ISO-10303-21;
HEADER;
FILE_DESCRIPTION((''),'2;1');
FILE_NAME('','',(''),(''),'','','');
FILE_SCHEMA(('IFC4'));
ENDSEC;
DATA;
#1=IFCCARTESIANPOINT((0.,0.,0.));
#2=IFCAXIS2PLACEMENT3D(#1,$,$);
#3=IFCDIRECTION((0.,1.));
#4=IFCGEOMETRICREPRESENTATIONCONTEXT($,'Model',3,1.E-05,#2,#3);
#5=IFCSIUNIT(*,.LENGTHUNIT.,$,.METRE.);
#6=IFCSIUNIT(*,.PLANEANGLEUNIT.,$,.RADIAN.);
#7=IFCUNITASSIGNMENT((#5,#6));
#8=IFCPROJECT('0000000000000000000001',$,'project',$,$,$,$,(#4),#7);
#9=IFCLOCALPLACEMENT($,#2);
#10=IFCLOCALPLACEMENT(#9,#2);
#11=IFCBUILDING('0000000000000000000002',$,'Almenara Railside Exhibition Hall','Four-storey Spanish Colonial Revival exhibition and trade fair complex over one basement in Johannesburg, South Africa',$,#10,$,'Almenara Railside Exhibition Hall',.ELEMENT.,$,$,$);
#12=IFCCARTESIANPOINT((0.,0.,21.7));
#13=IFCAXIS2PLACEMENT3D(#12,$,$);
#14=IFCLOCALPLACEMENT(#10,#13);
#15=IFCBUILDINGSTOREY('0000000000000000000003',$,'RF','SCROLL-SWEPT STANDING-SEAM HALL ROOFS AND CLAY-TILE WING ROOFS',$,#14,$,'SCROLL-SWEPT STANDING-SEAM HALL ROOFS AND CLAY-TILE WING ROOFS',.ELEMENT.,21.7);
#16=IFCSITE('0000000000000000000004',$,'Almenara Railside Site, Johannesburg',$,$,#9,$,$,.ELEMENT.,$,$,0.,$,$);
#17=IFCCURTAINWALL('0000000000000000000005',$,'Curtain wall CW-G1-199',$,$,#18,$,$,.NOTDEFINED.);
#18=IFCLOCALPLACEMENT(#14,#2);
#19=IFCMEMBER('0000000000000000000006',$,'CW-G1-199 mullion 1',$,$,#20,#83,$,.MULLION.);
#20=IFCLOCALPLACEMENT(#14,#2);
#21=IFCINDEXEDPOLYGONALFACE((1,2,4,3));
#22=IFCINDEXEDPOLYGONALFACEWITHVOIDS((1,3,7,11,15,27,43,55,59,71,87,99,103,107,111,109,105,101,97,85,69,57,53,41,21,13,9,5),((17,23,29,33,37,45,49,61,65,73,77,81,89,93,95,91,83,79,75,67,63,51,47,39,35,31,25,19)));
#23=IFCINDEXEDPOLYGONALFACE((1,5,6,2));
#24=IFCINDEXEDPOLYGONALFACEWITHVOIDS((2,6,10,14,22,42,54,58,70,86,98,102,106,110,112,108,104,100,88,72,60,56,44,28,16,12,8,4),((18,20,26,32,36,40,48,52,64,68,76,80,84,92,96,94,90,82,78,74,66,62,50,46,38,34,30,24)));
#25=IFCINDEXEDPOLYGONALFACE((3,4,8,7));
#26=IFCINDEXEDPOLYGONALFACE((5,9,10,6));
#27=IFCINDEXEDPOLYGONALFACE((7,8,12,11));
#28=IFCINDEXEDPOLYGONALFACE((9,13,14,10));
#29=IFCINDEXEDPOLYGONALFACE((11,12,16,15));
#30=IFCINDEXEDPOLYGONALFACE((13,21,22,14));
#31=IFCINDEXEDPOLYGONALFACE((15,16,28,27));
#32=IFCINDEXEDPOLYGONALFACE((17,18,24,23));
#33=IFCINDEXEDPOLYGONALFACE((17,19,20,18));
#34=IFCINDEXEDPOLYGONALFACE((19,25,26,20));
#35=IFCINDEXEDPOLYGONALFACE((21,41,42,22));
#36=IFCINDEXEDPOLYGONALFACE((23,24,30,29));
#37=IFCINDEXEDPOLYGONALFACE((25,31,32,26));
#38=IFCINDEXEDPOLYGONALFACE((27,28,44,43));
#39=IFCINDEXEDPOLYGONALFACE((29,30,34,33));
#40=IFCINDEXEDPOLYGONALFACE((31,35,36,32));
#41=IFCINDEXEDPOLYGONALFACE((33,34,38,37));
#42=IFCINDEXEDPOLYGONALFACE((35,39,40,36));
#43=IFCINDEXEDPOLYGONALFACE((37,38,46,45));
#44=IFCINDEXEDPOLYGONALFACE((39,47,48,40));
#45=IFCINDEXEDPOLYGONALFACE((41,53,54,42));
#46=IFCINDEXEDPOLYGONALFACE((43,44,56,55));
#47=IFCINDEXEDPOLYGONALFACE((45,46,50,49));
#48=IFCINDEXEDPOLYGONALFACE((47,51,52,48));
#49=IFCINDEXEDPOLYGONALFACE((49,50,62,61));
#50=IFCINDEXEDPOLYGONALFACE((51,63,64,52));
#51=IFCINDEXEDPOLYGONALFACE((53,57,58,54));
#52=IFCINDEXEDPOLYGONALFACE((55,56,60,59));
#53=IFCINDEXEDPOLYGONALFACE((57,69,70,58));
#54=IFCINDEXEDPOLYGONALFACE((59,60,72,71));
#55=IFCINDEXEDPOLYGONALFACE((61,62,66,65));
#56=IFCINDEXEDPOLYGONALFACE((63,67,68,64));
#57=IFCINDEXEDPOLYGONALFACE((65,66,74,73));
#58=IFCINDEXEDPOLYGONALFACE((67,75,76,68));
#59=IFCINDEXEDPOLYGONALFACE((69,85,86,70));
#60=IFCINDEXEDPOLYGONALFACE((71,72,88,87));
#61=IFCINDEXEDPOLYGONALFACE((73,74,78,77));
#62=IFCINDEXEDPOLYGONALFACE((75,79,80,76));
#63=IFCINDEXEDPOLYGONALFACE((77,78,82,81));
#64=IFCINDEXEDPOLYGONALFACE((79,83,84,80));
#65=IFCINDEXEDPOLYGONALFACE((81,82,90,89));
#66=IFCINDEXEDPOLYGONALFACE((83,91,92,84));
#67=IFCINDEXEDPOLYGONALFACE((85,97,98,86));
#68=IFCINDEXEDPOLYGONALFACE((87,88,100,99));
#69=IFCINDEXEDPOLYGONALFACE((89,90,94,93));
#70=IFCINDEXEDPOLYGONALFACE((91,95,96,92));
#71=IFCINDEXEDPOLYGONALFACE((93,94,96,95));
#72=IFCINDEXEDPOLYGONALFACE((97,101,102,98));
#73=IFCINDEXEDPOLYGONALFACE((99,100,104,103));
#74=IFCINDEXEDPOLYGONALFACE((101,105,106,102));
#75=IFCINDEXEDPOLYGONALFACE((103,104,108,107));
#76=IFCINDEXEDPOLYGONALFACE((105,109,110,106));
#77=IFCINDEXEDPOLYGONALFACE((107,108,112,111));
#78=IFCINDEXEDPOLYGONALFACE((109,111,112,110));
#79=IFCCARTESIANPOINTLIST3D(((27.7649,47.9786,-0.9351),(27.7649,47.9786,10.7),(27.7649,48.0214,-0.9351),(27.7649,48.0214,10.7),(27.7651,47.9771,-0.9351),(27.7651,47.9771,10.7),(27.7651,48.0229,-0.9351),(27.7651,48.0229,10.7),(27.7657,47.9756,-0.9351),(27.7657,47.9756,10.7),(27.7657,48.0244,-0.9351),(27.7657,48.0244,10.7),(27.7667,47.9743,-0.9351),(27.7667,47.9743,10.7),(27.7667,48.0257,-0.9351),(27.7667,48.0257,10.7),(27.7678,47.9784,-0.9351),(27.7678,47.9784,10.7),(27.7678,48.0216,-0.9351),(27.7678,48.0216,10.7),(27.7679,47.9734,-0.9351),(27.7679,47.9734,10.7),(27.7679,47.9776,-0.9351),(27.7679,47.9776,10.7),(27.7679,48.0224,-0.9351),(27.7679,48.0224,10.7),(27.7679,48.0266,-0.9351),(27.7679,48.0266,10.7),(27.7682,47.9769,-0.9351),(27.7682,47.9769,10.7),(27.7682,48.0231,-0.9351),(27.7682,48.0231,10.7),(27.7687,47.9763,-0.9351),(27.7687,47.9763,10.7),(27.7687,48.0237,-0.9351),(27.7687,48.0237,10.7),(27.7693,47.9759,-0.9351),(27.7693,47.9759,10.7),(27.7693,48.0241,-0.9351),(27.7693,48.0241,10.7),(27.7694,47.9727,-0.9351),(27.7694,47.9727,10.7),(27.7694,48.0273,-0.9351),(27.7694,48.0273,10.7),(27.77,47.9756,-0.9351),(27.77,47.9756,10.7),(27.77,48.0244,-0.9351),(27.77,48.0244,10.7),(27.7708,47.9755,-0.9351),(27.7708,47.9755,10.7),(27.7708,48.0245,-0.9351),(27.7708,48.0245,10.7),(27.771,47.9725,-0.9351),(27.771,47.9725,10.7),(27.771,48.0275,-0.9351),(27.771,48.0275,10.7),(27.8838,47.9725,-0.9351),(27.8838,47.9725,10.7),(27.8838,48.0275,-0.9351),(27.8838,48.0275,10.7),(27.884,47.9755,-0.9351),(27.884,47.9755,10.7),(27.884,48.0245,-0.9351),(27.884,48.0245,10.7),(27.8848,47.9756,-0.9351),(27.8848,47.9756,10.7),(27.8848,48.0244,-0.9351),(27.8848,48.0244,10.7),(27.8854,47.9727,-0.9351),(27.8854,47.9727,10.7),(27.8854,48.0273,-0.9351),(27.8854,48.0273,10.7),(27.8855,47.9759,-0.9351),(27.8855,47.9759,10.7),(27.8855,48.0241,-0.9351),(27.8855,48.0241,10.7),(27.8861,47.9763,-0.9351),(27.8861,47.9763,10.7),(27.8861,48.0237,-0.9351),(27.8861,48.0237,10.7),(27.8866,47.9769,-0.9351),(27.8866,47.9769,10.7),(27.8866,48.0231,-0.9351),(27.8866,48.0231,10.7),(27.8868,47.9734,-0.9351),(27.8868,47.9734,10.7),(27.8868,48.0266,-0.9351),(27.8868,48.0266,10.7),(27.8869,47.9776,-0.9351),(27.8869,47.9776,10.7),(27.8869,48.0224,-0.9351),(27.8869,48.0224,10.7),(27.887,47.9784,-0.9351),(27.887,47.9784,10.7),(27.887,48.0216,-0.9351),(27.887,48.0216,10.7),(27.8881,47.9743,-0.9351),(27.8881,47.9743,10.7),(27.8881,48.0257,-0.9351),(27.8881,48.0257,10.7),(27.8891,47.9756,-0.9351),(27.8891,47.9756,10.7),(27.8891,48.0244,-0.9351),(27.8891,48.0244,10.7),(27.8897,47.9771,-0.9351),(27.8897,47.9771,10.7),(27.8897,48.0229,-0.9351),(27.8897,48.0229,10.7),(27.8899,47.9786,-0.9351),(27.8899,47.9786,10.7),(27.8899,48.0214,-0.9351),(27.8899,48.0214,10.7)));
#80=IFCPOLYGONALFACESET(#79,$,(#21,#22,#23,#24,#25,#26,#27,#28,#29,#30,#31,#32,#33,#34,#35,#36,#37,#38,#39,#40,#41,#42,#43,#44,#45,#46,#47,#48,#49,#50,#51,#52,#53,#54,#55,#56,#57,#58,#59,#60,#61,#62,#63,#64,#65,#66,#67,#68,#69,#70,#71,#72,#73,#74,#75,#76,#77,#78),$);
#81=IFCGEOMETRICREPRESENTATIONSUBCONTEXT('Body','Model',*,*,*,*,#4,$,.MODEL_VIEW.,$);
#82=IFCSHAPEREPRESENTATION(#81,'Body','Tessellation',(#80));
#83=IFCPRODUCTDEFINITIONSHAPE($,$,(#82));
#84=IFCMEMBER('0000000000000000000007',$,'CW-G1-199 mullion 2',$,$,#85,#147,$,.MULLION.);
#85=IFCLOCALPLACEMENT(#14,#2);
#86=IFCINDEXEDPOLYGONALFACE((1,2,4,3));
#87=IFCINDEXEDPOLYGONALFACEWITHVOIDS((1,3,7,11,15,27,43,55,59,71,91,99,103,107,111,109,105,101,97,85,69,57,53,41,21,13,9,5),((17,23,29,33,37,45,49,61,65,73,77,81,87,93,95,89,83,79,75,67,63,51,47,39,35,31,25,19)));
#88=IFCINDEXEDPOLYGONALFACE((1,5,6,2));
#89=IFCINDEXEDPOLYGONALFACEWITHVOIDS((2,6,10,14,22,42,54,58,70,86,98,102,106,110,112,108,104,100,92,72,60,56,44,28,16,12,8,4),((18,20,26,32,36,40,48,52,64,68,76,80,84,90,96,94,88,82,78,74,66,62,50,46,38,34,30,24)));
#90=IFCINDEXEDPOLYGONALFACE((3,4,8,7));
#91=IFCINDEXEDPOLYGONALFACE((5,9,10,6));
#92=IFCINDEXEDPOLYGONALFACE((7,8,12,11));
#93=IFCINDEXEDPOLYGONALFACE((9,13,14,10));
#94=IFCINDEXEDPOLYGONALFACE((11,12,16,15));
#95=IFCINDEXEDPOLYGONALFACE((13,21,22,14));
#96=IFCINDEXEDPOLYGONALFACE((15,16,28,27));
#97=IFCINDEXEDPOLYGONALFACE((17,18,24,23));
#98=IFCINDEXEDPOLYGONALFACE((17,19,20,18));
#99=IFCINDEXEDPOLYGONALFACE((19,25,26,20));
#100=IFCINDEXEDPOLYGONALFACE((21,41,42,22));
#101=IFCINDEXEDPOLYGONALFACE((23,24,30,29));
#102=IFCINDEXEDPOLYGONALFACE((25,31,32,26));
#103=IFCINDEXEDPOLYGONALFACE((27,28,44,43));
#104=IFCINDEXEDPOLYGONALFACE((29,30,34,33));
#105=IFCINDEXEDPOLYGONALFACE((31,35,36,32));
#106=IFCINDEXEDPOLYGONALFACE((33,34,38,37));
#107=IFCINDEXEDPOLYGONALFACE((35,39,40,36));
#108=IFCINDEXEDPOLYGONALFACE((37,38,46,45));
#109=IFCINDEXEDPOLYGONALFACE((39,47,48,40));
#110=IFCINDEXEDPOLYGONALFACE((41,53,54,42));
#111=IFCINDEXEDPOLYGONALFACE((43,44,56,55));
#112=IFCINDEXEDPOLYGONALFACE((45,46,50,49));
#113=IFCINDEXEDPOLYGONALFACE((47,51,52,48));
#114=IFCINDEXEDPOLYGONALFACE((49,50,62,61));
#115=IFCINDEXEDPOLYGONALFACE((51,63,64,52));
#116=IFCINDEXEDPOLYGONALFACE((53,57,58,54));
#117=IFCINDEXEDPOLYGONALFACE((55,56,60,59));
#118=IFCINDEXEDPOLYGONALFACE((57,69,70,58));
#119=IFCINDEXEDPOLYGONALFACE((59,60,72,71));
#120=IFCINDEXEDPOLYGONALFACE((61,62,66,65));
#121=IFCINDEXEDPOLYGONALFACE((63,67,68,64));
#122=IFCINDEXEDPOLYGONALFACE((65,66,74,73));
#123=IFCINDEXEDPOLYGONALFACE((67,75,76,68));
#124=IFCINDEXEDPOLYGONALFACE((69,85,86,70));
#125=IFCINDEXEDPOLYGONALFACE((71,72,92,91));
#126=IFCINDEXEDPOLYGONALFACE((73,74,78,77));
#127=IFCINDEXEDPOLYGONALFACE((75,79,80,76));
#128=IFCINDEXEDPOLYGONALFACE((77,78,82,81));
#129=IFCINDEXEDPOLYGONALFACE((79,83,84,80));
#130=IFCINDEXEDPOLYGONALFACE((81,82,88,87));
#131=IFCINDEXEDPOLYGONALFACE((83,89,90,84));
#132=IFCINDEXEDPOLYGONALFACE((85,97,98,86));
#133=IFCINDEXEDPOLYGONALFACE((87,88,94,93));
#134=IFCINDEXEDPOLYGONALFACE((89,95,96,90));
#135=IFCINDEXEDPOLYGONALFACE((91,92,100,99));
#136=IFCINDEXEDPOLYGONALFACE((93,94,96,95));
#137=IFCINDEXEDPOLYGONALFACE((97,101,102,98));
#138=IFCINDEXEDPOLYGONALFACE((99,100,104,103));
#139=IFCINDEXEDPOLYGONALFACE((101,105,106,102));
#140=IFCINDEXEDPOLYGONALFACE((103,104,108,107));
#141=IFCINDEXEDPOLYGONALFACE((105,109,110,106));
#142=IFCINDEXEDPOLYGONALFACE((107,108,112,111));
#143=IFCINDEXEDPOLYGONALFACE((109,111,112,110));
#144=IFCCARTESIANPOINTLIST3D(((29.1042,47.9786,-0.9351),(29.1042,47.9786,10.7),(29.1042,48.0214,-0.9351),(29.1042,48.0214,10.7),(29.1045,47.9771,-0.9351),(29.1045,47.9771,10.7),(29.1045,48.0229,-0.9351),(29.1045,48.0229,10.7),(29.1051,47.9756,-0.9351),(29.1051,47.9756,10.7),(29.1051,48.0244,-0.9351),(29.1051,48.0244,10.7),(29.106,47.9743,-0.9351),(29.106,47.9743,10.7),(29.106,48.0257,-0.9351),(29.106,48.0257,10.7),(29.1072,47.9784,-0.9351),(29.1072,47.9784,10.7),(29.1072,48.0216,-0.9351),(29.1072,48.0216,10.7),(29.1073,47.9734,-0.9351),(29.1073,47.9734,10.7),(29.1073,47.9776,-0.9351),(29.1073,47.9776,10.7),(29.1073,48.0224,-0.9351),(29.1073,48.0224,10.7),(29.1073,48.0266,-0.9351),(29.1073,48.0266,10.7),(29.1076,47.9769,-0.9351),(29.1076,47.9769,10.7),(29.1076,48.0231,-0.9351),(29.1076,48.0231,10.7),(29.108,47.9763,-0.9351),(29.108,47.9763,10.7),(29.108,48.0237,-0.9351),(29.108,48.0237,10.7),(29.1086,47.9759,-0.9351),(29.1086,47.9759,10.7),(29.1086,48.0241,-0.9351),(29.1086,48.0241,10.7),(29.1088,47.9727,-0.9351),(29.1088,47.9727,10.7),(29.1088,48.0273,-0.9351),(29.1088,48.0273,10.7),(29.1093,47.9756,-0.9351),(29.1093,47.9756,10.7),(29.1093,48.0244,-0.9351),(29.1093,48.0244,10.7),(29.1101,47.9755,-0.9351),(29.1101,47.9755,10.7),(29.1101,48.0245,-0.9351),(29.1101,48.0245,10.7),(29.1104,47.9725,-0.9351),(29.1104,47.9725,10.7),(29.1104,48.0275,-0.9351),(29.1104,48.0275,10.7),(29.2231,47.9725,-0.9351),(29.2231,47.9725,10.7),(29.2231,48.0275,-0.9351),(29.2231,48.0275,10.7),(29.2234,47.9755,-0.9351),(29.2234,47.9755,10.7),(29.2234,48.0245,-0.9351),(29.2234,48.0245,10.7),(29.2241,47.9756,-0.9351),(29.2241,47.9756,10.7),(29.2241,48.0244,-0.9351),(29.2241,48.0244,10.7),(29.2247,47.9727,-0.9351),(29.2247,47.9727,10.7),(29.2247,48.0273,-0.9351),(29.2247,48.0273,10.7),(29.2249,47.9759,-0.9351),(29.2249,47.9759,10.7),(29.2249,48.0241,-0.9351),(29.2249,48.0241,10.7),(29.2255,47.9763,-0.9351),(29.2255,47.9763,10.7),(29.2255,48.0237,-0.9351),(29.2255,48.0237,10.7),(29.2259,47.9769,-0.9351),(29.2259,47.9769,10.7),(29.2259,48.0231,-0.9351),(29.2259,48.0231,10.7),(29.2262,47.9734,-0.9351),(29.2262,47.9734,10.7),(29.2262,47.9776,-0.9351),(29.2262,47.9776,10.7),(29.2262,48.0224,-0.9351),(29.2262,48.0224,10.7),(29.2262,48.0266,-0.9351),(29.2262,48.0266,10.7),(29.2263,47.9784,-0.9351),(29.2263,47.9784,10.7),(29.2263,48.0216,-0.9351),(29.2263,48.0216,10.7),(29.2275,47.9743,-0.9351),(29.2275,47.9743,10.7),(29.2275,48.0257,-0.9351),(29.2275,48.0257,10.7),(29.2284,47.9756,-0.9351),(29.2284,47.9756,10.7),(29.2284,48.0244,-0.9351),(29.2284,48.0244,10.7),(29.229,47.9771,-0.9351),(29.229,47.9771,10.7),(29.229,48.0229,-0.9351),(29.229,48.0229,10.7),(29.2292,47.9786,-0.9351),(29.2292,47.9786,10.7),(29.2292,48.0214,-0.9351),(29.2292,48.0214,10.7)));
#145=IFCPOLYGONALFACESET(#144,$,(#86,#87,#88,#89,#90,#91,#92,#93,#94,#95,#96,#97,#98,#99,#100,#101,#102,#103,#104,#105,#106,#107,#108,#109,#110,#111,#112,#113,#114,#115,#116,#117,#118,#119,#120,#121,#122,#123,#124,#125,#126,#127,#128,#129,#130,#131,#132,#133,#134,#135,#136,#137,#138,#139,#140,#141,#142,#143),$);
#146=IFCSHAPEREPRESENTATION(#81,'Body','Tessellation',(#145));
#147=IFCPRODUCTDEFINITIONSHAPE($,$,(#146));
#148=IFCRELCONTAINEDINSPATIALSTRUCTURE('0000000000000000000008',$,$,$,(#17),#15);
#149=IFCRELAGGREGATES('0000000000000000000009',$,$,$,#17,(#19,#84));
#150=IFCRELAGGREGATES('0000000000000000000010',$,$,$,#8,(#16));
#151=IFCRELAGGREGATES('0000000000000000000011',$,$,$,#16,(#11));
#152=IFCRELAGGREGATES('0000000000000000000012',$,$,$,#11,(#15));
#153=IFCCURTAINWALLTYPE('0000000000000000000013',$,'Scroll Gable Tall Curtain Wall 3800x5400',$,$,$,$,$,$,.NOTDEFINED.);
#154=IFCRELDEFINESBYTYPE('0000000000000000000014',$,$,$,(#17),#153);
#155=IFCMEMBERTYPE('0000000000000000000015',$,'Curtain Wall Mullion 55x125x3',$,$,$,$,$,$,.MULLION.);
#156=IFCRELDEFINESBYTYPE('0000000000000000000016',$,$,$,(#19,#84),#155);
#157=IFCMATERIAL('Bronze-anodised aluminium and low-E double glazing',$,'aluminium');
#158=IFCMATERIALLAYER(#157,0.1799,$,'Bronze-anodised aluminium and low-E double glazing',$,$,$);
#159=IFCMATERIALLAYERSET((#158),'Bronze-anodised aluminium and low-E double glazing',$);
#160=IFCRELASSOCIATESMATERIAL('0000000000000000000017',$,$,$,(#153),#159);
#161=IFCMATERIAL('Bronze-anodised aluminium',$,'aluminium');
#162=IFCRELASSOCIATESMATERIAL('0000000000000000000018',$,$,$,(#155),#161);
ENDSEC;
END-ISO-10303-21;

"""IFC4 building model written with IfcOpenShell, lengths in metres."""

from ifc_helpers import new_model, si_unit, direction, frame, origin, origin_2d, place, context, subcontext, project, spatial, hollow_rectangle, extrude, material, layer, layer_set, material_profile, profile_set, type_object, element, aggregate, save


model = new_model("IFC4")

# Units and contexts
model_context = context("Model", 3, precision=1e-05, world=origin(), true_north=direction((0.0, 1.0)))
body_context = subcontext(model_context, "Body", "Model", "MODEL_VIEW")
ifc_project = project(units=[si_unit("LENGTHUNIT", "METRE"), si_unit("PLANEANGLEUNIT", "RADIAN")], contexts=[model_context])

# Site, building, storey
site_placement = place(None, origin())
site = spatial("IfcSite", under=ifc_project, at=site_placement, Name="Almenara Railside Site, Johannesburg", CompositionType="ELEMENT", RefElevation=0.0)
building_placement = place(site_placement, origin())
building = spatial("IfcBuilding", under=site, at=building_placement, Name="Almenara Railside Exhibition Hall", Description="Four-storey Spanish Colonial Revival exhibition and trade fair complex over one basement in Johannesburg, South Africa", LongName="Almenara Railside Exhibition Hall", CompositionType="ELEMENT")
storey_placement = place(building_placement, frame((0.0, 0.0, 21.7)))
storey = spatial("IfcBuildingStorey", under=building, at=storey_placement, Name="RF", Description="SCROLL-SWEPT STANDING-SEAM HALL ROOFS AND CLAY-TILE WING ROOFS", LongName="SCROLL-SWEPT STANDING-SEAM HALL ROOFS AND CLAY-TILE WING ROOFS", CompositionType="ELEMENT", Elevation=21.7)

# Curtain wall, members
ifc_material_1 = material(Name="Bronze-anodised aluminium and low-E double glazing", Category="aluminium")
ifc_layer_1 = layer(ifc_material_1, 0.1799, Name="Bronze-anodised aluminium and low-E double glazing")
ifc_layer_set_1 = layer_set([ifc_layer_1], Name="Bronze-anodised aluminium and low-E double glazing")
curtain_wall_type = type_object("IfcCurtainWallType", Name="Scroll Gable Tall Curtain Wall 3800x5400", PredefinedType="NOTDEFINED", material=ifc_layer_set_1)
curtain_wall_1_placement = place(storey_placement, origin())
curtain_wall_1 = element("IfcCurtainWall", 1, at=curtain_wall_1_placement, inside=storey, type_object=curtain_wall_type, Name="Curtain wall CW-G1-199", PredefinedType="NOTDEFINED")
ifc_material_2 = material(Name="Bronze-anodised aluminium", Category="aluminium")
ifc_material_profile_1 = material_profile(ifc_material_2, hollow_rectangle(XDim=0.0549, YDim=0.125, WallThickness=0.0029, InnerFilletRadius=0.0029, OuterFilletRadius=0.0061, at=origin_2d()), Name="ALU-MUL 55x125x3")
ifc_profile_set_1 = profile_set([ifc_material_profile_1], Name="Bronze-anodised aluminium")
member_type_1 = type_object("IfcMemberType", Name="Curtain Wall Mullion 55x125x3", PredefinedType="MULLION", material=ifc_profile_set_1)
member_1_placement = place(storey_placement, frame((27.8274, 48.0, -0.9351), z_axis=(0.0, 0.0, 1.0), x_axis=(0.0, 1.0, 0.0)))
member_1 = element("IfcMember", 2, at=member_1_placement, type_object=member_type_1, Name="CW-G1-199 mullion 1", PredefinedType="MULLION", context=body_context, shape_type="SweptSolid", body=[
    extrude(hollow_rectangle(XDim=0.0549, YDim=0.125, WallThickness=0.0029, InnerFilletRadius=0.0029, OuterFilletRadius=0.0061, at=origin_2d()), origin(), (0.0, 0.0, 1.0), 11.635),
])
member_2_placement = place(storey_placement, frame((29.1667, 48.0, -0.9351), z_axis=(0.0, 0.0, 1.0), x_axis=(0.0, 1.0, 0.0)))
member_2 = element("IfcMember", 3, at=member_2_placement, type_object=member_type_1, Name="CW-G1-199 mullion 2", PredefinedType="MULLION", context=body_context, shape_type="SweptSolid", body=[
    extrude(hollow_rectangle(XDim=0.0549, YDim=0.125, WallThickness=0.0029, InnerFilletRadius=0.0029, OuterFilletRadius=0.0061, at=origin_2d()), origin(), (0.0, 0.0, 1.0), 11.635),
])

aggregate(curtain_wall_1, [member_1, member_2])

save(model, "model.ifc")
